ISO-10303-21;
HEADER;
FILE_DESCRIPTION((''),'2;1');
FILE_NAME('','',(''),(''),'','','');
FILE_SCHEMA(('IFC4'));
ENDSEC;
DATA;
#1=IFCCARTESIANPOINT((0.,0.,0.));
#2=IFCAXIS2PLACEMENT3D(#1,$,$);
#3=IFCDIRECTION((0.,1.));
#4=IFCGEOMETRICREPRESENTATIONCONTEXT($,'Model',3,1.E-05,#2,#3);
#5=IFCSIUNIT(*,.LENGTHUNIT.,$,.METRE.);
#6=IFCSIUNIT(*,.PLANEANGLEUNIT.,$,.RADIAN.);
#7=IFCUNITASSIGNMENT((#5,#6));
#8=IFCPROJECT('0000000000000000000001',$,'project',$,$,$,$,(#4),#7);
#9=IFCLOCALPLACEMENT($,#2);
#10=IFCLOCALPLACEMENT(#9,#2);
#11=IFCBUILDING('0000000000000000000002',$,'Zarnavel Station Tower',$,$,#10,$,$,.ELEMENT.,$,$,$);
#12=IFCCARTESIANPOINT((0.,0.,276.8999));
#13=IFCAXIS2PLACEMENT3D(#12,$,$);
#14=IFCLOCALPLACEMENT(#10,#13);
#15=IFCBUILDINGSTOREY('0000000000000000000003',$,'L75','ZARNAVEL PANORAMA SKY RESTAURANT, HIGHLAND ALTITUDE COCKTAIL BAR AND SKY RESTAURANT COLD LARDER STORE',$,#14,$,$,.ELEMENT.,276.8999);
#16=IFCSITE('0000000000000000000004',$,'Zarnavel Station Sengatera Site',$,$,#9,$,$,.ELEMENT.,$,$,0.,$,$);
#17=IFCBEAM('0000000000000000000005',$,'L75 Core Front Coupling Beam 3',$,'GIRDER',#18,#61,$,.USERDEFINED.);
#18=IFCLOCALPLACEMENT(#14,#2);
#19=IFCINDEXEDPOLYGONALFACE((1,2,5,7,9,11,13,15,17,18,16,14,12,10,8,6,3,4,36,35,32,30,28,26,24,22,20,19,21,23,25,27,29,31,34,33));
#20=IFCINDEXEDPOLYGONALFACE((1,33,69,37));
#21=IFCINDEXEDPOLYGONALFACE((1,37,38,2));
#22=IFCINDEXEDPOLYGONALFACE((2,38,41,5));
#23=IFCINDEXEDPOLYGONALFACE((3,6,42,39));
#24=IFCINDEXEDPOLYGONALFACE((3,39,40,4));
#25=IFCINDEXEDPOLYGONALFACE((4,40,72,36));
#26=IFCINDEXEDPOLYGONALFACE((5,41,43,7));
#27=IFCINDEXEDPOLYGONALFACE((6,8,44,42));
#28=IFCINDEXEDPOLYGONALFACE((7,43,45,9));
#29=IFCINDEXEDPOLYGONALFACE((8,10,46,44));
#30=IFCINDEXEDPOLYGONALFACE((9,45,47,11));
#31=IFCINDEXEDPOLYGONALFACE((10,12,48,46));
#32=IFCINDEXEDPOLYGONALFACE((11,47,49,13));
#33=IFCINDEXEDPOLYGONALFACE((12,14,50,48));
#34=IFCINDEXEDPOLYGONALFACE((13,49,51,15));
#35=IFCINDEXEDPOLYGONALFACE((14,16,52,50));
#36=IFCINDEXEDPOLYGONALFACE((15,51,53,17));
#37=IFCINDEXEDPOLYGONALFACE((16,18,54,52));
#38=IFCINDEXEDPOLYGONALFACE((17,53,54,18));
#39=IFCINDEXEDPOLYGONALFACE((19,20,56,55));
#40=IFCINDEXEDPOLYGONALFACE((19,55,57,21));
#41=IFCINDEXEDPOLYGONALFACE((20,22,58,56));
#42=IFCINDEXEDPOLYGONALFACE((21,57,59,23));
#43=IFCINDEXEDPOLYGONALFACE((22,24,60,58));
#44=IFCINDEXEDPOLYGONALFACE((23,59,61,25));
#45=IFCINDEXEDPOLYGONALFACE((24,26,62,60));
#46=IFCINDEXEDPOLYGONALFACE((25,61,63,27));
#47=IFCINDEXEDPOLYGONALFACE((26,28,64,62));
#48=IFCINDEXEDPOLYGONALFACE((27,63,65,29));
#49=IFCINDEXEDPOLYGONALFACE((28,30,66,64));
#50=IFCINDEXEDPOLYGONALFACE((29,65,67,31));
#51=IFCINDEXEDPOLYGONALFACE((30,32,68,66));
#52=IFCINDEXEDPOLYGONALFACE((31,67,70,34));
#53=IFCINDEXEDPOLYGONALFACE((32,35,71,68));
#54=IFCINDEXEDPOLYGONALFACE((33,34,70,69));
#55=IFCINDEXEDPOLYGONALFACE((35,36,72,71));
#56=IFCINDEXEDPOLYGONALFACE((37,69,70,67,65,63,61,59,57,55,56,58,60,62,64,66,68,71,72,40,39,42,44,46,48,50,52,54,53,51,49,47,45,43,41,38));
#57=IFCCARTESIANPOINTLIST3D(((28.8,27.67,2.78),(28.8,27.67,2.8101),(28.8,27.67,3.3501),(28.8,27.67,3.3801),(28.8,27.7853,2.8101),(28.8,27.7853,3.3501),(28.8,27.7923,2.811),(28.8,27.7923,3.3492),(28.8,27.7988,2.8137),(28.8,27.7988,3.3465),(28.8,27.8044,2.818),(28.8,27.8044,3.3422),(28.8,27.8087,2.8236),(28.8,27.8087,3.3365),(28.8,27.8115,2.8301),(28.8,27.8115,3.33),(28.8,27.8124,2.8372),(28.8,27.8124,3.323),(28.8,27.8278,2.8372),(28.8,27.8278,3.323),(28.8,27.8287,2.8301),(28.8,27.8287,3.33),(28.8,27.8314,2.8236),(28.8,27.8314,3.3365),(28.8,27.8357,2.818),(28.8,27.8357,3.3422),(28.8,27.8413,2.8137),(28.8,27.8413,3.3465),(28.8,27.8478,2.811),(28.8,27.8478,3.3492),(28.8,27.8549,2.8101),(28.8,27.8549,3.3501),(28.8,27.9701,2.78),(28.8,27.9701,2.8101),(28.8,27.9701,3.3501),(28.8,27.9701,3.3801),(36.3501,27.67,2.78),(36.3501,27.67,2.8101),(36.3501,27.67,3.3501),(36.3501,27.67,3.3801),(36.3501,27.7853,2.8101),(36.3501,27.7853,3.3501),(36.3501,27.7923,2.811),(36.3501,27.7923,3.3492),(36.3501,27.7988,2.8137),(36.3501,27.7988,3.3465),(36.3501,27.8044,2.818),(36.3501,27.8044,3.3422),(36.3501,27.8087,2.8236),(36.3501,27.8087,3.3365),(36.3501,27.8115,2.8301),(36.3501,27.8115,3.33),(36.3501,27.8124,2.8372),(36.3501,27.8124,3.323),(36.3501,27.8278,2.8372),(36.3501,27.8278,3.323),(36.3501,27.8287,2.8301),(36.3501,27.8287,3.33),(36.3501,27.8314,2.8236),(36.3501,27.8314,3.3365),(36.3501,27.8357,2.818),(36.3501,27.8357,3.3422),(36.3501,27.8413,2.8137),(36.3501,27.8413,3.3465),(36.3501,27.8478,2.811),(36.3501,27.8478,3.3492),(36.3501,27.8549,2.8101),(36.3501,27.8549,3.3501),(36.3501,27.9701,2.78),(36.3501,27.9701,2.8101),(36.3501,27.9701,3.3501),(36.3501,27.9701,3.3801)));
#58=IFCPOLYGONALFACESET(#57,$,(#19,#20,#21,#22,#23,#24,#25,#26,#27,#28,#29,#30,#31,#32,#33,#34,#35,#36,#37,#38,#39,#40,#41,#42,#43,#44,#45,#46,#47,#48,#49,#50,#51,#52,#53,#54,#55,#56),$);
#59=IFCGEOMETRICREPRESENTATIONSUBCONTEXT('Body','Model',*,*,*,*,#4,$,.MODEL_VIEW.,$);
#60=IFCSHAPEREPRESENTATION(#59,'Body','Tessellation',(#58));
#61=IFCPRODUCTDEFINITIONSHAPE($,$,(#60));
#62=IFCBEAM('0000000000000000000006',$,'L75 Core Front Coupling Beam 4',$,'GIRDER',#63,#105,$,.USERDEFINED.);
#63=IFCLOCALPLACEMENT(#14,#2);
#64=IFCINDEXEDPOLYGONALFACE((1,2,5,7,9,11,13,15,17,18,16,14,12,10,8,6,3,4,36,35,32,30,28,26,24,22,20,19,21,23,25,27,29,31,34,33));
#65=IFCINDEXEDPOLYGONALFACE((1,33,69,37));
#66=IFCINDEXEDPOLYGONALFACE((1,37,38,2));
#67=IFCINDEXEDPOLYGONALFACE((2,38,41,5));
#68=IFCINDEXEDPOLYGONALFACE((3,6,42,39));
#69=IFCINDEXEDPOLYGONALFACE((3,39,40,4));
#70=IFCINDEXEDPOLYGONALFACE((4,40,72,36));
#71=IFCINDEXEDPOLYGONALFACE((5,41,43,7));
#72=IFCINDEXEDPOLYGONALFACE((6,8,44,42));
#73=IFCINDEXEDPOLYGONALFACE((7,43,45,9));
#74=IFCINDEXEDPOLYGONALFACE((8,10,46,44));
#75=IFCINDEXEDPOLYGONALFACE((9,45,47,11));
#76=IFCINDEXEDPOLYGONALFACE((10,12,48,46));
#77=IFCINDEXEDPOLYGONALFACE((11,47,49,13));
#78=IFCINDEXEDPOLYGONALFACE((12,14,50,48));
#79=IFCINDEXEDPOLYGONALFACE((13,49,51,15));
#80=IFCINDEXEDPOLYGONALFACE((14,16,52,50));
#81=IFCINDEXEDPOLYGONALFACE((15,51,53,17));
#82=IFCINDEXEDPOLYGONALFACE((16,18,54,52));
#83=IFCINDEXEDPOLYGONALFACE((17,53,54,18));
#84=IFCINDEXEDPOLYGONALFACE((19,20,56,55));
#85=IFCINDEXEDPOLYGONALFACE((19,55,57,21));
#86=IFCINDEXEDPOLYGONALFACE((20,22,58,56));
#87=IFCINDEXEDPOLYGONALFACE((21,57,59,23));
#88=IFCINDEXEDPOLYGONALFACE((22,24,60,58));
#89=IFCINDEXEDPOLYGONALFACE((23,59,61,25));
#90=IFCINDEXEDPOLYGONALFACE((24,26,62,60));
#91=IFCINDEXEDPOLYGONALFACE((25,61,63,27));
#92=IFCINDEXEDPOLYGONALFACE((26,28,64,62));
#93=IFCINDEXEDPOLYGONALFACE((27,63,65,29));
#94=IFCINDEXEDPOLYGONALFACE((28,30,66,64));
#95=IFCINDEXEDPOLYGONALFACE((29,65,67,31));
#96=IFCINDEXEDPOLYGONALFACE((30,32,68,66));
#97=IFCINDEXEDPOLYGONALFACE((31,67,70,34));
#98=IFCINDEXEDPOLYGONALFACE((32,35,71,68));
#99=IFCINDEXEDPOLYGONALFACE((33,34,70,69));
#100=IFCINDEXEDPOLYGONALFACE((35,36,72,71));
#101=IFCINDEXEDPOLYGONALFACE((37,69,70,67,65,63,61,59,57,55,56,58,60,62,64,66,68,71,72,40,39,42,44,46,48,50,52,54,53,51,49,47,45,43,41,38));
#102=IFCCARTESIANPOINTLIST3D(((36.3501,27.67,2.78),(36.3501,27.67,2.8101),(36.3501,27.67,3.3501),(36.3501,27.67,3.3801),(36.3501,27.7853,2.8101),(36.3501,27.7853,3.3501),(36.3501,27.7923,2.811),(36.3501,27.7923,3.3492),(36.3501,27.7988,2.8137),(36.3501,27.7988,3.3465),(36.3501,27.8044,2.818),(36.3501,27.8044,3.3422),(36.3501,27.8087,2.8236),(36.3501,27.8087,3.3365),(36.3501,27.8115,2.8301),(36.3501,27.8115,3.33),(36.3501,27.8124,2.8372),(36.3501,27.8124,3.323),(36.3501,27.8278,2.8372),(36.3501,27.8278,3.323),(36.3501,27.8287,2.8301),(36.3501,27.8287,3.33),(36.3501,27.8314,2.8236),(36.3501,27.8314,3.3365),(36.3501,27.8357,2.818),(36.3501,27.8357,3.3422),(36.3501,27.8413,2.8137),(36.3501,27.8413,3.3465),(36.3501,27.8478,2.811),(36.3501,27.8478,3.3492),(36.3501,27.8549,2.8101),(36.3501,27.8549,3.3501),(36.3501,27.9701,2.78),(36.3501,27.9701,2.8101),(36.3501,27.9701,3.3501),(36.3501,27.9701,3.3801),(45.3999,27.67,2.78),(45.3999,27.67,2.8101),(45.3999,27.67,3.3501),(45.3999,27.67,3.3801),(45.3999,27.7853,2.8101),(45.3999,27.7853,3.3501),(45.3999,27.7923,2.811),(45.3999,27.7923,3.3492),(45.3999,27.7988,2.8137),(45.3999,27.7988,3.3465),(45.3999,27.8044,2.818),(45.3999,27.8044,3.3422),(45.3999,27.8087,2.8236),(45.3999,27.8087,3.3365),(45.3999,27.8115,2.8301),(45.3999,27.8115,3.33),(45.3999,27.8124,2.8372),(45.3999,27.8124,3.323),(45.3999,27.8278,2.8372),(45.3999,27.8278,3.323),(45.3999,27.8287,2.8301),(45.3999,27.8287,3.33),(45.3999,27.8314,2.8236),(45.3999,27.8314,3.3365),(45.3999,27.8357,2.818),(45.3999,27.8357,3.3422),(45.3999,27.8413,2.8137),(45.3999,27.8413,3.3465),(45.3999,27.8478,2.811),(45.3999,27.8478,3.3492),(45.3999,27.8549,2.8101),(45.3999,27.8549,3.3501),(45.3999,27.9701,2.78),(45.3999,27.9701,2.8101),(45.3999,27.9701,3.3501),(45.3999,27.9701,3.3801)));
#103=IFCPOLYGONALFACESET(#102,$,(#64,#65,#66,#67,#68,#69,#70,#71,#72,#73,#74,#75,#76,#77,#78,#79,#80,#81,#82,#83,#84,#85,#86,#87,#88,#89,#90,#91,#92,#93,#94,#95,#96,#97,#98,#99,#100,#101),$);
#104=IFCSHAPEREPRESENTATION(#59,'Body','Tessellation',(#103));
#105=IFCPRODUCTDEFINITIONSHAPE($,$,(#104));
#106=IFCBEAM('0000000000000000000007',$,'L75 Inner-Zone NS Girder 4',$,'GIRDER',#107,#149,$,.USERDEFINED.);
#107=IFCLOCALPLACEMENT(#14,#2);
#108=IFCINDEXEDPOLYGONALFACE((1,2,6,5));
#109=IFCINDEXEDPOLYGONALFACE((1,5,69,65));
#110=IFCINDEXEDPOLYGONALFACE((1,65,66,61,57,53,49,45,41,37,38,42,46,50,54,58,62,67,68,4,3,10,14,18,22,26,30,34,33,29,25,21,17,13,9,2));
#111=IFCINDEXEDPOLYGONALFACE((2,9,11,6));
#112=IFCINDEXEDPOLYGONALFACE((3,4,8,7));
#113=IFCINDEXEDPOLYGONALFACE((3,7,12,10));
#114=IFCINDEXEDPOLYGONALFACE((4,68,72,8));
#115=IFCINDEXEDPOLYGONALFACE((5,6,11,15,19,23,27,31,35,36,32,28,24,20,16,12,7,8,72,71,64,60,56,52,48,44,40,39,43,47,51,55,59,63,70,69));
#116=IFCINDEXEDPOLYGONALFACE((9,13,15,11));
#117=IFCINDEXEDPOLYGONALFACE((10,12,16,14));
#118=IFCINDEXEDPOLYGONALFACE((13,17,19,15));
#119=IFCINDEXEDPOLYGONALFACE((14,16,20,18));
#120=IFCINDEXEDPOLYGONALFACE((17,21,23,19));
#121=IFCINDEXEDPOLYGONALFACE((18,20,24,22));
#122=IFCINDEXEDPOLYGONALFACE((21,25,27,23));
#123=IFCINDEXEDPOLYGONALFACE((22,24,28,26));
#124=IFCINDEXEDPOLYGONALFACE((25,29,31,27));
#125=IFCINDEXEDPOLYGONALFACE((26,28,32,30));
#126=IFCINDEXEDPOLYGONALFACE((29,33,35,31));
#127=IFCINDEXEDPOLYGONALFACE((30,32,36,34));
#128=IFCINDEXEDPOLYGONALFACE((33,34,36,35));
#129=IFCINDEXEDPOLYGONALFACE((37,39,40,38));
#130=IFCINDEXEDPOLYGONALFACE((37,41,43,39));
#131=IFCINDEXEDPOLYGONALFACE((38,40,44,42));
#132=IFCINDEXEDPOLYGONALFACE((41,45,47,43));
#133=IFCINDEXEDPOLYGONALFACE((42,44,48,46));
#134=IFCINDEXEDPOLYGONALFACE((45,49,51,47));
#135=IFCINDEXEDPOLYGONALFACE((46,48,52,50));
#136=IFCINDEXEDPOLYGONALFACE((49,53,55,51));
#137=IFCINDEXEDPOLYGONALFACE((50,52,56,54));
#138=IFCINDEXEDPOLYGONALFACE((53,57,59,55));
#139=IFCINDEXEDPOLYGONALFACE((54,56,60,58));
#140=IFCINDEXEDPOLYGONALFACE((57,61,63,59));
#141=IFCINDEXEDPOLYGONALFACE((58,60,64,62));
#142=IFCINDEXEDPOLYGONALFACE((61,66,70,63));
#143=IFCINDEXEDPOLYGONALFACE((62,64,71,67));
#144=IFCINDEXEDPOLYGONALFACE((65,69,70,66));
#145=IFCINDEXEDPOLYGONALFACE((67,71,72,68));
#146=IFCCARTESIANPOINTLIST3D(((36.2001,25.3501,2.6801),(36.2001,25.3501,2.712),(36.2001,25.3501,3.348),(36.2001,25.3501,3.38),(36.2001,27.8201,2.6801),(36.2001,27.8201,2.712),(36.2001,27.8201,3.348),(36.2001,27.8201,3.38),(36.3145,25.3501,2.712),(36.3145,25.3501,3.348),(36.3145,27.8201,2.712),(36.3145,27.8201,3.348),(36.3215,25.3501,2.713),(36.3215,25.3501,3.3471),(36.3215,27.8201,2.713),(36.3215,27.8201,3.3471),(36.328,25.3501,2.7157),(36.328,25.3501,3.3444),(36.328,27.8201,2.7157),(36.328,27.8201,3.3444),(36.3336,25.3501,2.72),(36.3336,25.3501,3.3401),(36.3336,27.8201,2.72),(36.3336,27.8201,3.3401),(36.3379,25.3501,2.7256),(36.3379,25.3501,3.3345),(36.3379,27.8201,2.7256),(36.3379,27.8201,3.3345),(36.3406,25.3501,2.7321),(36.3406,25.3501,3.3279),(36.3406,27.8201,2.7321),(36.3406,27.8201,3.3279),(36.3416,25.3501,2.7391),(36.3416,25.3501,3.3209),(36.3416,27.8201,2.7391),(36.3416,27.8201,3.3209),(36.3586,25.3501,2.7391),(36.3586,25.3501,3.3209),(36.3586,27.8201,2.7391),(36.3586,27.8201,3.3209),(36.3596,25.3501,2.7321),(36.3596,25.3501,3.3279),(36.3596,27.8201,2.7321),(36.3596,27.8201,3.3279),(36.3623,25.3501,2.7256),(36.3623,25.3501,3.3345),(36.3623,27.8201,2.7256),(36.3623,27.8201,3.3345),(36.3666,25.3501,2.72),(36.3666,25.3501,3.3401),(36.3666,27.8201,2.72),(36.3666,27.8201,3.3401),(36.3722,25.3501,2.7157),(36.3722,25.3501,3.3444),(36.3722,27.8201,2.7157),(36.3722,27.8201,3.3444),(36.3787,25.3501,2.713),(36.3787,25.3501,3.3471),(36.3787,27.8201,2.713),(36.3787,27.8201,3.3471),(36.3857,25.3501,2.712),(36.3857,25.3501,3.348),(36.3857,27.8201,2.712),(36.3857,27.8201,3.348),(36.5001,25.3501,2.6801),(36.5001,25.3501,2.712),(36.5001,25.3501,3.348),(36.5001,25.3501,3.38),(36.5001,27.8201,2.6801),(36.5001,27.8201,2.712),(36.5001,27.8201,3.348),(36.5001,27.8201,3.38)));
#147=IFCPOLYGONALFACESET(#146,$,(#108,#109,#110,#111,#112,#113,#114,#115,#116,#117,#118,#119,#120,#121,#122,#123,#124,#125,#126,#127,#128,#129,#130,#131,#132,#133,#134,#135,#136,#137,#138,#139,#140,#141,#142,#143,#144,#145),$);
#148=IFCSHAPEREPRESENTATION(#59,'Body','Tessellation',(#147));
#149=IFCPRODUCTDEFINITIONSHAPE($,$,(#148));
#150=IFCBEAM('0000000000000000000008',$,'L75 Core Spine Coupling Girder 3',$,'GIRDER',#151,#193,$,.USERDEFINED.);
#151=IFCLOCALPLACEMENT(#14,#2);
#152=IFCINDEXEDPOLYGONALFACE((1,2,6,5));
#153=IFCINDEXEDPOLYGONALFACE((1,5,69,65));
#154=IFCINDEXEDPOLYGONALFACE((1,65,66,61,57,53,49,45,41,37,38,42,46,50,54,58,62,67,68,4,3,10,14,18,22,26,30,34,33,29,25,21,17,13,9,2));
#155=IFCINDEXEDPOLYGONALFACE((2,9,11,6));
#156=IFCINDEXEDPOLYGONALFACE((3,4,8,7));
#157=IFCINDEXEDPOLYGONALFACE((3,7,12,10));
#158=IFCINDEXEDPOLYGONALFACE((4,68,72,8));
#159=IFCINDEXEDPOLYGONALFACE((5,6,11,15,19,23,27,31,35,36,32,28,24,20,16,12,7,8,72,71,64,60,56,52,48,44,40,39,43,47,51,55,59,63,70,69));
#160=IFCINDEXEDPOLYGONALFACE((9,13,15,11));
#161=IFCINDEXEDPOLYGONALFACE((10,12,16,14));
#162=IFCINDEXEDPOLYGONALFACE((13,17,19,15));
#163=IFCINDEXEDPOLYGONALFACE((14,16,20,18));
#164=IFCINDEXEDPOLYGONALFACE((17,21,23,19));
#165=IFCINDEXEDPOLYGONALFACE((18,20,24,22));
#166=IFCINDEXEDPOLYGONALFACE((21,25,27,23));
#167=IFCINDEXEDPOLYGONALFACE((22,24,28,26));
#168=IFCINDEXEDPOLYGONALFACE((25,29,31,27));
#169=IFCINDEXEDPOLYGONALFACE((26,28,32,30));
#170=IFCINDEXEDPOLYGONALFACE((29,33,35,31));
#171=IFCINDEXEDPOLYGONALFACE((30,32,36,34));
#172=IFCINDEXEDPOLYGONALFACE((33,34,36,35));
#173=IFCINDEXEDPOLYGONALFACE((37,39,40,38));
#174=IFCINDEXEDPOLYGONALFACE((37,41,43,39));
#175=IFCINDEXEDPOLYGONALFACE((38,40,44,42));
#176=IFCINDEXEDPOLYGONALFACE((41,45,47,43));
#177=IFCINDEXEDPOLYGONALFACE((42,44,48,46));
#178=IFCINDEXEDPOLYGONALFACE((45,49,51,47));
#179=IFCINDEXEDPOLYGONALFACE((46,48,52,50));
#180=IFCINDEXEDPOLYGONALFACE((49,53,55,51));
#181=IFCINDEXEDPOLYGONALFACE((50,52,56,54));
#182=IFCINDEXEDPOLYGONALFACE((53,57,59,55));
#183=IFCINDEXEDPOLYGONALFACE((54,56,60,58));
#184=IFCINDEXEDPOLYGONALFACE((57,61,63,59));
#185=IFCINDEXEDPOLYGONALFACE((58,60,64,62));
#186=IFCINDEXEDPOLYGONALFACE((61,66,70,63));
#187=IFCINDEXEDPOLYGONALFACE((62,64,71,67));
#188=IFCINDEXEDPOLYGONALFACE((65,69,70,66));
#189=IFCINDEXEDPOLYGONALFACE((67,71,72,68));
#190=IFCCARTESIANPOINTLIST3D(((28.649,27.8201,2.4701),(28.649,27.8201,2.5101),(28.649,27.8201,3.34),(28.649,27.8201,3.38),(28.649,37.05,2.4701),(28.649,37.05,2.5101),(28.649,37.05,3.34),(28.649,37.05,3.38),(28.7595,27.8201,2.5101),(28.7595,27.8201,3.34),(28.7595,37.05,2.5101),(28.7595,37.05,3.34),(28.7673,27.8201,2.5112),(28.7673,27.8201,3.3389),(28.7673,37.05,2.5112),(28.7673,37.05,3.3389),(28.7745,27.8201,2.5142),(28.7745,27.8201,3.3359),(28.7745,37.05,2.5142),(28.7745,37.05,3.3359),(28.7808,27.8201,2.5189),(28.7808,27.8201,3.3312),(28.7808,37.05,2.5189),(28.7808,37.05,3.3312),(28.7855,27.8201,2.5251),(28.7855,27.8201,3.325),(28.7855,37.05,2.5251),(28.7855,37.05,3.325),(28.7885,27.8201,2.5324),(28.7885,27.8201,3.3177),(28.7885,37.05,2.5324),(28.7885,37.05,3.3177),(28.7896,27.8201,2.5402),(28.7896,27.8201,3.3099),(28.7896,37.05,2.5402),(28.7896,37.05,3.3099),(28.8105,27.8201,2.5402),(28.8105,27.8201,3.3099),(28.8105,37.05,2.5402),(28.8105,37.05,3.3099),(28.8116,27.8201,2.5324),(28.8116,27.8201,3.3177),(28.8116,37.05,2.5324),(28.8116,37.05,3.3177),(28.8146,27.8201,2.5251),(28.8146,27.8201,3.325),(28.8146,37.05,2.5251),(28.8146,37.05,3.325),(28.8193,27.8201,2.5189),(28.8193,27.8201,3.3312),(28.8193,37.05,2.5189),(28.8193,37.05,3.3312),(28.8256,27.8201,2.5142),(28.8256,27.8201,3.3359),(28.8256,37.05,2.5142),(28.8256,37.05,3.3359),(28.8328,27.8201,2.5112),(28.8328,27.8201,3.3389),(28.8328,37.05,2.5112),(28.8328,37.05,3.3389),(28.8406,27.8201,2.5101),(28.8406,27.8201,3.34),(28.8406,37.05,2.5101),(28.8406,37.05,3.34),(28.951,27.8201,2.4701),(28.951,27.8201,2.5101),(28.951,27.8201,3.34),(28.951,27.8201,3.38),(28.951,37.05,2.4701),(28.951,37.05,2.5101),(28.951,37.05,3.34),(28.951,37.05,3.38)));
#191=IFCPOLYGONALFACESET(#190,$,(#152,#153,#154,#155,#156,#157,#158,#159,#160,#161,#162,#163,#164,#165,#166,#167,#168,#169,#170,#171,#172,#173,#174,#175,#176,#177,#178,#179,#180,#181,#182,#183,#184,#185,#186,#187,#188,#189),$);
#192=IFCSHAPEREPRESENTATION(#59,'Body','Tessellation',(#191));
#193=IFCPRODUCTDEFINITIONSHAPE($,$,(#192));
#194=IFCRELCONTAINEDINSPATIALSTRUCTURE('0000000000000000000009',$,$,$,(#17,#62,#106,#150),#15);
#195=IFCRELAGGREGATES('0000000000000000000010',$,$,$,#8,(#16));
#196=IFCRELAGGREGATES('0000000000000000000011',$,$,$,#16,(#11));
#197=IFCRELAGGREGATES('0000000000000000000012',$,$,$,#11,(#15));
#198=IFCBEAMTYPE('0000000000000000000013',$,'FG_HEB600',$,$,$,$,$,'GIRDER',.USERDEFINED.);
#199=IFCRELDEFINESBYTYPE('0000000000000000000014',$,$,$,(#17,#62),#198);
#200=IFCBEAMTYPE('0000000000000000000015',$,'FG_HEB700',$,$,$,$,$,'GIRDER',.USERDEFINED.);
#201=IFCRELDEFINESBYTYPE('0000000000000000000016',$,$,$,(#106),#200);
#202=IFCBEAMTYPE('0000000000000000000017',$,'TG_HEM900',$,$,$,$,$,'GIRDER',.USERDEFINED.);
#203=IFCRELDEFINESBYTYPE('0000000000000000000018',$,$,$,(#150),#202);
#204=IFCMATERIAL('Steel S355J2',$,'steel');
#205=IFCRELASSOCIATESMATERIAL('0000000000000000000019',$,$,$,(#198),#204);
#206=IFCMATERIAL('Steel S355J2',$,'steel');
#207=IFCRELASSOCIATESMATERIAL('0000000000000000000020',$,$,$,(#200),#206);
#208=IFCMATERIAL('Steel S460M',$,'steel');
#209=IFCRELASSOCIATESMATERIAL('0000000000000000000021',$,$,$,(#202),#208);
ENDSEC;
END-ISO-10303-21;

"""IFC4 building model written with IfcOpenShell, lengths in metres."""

from ifc_helpers import new_model, si_unit, direction, frame, origin, origin_2d, place, context, subcontext, project, spatial, i_section, extrude, material, material_profile, profile_set, type_object, element, save


model = new_model("IFC4")

# Units and contexts
model_context = context("Model", 3, precision=1e-05, world=origin(), true_north=direction((0.0, 1.0)))
body_context = subcontext(model_context, "Body", "Model", "MODEL_VIEW")
ifc_project = project(units=[si_unit("LENGTHUNIT", "METRE"), si_unit("PLANEANGLEUNIT", "RADIAN")], contexts=[model_context])

# Site, building, storey
site_placement = place(None, origin())
site = spatial("IfcSite", under=ifc_project, at=site_placement, Name="Zarnavel Station Sengatera Site", CompositionType="ELEMENT", RefElevation=0.0)
building_placement = place(site_placement, origin())
building = spatial("IfcBuilding", under=site, at=building_placement, Name="Zarnavel Station Tower", CompositionType="ELEMENT")
storey_placement = place(building_placement, frame((0.0, 0.0, 276.8999)))
storey = spatial("IfcBuildingStorey", under=building, at=storey_placement, Name="L75", Description="ZARNAVEL PANORAMA SKY RESTAURANT, HIGHLAND ALTITUDE COCKTAIL BAR AND SKY RESTAURANT COLD LARDER STORE", CompositionType="ELEMENT", Elevation=276.8999)

# Beams
ifc_material_1 = material(Name="Steel S355J2", Category="steel")
ifc_material_profile_1 = material_profile(ifc_material_1, i_section(OverallWidth=0.3, OverallDepth=0.6001, WebThickness=0.0154, FlangeThickness=0.03, FilletRadius=0.0271, at=origin_2d()), Name="HEB600")
ifc_profile_set_1 = profile_set([ifc_material_profile_1], Name="Steel S355J2")
beam_type_1 = type_object("IfcBeamType", Name="FG_HEB600", ElementType="GIRDER", PredefinedType="USERDEFINED", material=ifc_profile_set_1)
beam_1_placement = place(storey_placement, frame((28.8, 27.8201, 3.0801), z_axis=(1.0, 0.0, 0.0), x_axis=(0.0, 1.0, 0.0)))
element("IfcBeam", 1, at=beam_1_placement, inside=storey, type_object=beam_type_1, Name="L75 Core Front Coupling Beam 3", ObjectType="GIRDER", PredefinedType="USERDEFINED", context=body_context, shape_type="SweptSolid", body=[
    extrude(i_section(OverallWidth=0.3, OverallDepth=0.6001, WebThickness=0.0154, FlangeThickness=0.03, FilletRadius=0.0271, at=origin_2d()), origin(), (0.0, 0.0, 1.0), 7.55),
])
beam_2_placement = place(storey_placement, frame((36.3501, 27.8201, 3.0801), z_axis=(1.0, 0.0, 0.0), x_axis=(0.0, 1.0, 0.0)))
element("IfcBeam", 2, at=beam_2_placement, inside=storey, type_object=beam_type_1, Name="L75 Core Front Coupling Beam 4", ObjectType="GIRDER", PredefinedType="USERDEFINED", context=body_context, shape_type="SweptSolid", body=[
    extrude(i_section(OverallWidth=0.3, OverallDepth=0.6001, WebThickness=0.0154, FlangeThickness=0.03, FilletRadius=0.0271, at=origin_2d()), origin(), (0.0, 0.0, 1.0), 9.0498),
])
ifc_material_2 = material(Name="Steel S355J2", Category="steel")
ifc_material_profile_2 = material_profile(ifc_material_2, i_section(OverallWidth=0.3, OverallDepth=0.7, WebThickness=0.0171, FlangeThickness=0.032, FilletRadius=0.0271, at=origin_2d()), Name="HEB700")
ifc_profile_set_2 = profile_set([ifc_material_profile_2], Name="Steel S355J2")
beam_type_2 = type_object("IfcBeamType", Name="FG_HEB700", ElementType="GIRDER", PredefinedType="USERDEFINED", material=ifc_profile_set_2)
beam_3_placement = place(storey_placement, frame((36.3501, 25.3501, 3.03), z_axis=(0.0, 1.0, 0.0), x_axis=(-1.0, 0.0, 0.0)))
element("IfcBeam", 3, at=beam_3_placement, inside=storey, type_object=beam_type_2, Name="L75 Inner-Zone NS Girder 4", ObjectType="GIRDER", PredefinedType="USERDEFINED", context=body_context, shape_type="SweptSolid", body=[
    extrude(i_section(OverallWidth=0.3, OverallDepth=0.7, WebThickness=0.0171, FlangeThickness=0.032, FilletRadius=0.0271, at=origin_2d()), origin(), (0.0, 0.0, 1.0), 2.47),
])
ifc_material_3 = material(Name="Steel S460M", Category="steel")
ifc_material_profile_3 = material_profile(ifc_material_3, i_section(OverallWidth=0.302, OverallDepth=0.9099, WebThickness=0.021, FlangeThickness=0.04, FilletRadius=0.03, at=origin_2d()), Name="HEM900")
ifc_profile_set_3 = profile_set([ifc_material_profile_3], Name="Steel S460M")
beam_type_3 = type_object("IfcBeamType", Name="TG_HEM900", ElementType="GIRDER", PredefinedType="USERDEFINED", material=ifc_profile_set_3)
for number, where, z_axis, x_axis, name in (
    (4, (28.8, 27.8201, 2.925), (0.0, 1.0, 0.0), (-1.0, 0.0, 0.0), "L75 Core Spine Coupling Girder 3"),
):
    element("IfcBeam", number, at=place(storey_placement, frame(where, z_axis=z_axis, x_axis=x_axis)), inside=storey, type_object=beam_type_3, Name=name, ObjectType="GIRDER", PredefinedType="USERDEFINED", context=body_context, shape_type="SweptSolid", body=[
        extrude(i_section(OverallWidth=0.302, OverallDepth=0.9099, WebThickness=0.021, FlangeThickness=0.04, FilletRadius=0.03, at=origin_2d()), origin(), (0.0, 0.0, 1.0), 9.23),
    ])

save(model, "model.ifc")
